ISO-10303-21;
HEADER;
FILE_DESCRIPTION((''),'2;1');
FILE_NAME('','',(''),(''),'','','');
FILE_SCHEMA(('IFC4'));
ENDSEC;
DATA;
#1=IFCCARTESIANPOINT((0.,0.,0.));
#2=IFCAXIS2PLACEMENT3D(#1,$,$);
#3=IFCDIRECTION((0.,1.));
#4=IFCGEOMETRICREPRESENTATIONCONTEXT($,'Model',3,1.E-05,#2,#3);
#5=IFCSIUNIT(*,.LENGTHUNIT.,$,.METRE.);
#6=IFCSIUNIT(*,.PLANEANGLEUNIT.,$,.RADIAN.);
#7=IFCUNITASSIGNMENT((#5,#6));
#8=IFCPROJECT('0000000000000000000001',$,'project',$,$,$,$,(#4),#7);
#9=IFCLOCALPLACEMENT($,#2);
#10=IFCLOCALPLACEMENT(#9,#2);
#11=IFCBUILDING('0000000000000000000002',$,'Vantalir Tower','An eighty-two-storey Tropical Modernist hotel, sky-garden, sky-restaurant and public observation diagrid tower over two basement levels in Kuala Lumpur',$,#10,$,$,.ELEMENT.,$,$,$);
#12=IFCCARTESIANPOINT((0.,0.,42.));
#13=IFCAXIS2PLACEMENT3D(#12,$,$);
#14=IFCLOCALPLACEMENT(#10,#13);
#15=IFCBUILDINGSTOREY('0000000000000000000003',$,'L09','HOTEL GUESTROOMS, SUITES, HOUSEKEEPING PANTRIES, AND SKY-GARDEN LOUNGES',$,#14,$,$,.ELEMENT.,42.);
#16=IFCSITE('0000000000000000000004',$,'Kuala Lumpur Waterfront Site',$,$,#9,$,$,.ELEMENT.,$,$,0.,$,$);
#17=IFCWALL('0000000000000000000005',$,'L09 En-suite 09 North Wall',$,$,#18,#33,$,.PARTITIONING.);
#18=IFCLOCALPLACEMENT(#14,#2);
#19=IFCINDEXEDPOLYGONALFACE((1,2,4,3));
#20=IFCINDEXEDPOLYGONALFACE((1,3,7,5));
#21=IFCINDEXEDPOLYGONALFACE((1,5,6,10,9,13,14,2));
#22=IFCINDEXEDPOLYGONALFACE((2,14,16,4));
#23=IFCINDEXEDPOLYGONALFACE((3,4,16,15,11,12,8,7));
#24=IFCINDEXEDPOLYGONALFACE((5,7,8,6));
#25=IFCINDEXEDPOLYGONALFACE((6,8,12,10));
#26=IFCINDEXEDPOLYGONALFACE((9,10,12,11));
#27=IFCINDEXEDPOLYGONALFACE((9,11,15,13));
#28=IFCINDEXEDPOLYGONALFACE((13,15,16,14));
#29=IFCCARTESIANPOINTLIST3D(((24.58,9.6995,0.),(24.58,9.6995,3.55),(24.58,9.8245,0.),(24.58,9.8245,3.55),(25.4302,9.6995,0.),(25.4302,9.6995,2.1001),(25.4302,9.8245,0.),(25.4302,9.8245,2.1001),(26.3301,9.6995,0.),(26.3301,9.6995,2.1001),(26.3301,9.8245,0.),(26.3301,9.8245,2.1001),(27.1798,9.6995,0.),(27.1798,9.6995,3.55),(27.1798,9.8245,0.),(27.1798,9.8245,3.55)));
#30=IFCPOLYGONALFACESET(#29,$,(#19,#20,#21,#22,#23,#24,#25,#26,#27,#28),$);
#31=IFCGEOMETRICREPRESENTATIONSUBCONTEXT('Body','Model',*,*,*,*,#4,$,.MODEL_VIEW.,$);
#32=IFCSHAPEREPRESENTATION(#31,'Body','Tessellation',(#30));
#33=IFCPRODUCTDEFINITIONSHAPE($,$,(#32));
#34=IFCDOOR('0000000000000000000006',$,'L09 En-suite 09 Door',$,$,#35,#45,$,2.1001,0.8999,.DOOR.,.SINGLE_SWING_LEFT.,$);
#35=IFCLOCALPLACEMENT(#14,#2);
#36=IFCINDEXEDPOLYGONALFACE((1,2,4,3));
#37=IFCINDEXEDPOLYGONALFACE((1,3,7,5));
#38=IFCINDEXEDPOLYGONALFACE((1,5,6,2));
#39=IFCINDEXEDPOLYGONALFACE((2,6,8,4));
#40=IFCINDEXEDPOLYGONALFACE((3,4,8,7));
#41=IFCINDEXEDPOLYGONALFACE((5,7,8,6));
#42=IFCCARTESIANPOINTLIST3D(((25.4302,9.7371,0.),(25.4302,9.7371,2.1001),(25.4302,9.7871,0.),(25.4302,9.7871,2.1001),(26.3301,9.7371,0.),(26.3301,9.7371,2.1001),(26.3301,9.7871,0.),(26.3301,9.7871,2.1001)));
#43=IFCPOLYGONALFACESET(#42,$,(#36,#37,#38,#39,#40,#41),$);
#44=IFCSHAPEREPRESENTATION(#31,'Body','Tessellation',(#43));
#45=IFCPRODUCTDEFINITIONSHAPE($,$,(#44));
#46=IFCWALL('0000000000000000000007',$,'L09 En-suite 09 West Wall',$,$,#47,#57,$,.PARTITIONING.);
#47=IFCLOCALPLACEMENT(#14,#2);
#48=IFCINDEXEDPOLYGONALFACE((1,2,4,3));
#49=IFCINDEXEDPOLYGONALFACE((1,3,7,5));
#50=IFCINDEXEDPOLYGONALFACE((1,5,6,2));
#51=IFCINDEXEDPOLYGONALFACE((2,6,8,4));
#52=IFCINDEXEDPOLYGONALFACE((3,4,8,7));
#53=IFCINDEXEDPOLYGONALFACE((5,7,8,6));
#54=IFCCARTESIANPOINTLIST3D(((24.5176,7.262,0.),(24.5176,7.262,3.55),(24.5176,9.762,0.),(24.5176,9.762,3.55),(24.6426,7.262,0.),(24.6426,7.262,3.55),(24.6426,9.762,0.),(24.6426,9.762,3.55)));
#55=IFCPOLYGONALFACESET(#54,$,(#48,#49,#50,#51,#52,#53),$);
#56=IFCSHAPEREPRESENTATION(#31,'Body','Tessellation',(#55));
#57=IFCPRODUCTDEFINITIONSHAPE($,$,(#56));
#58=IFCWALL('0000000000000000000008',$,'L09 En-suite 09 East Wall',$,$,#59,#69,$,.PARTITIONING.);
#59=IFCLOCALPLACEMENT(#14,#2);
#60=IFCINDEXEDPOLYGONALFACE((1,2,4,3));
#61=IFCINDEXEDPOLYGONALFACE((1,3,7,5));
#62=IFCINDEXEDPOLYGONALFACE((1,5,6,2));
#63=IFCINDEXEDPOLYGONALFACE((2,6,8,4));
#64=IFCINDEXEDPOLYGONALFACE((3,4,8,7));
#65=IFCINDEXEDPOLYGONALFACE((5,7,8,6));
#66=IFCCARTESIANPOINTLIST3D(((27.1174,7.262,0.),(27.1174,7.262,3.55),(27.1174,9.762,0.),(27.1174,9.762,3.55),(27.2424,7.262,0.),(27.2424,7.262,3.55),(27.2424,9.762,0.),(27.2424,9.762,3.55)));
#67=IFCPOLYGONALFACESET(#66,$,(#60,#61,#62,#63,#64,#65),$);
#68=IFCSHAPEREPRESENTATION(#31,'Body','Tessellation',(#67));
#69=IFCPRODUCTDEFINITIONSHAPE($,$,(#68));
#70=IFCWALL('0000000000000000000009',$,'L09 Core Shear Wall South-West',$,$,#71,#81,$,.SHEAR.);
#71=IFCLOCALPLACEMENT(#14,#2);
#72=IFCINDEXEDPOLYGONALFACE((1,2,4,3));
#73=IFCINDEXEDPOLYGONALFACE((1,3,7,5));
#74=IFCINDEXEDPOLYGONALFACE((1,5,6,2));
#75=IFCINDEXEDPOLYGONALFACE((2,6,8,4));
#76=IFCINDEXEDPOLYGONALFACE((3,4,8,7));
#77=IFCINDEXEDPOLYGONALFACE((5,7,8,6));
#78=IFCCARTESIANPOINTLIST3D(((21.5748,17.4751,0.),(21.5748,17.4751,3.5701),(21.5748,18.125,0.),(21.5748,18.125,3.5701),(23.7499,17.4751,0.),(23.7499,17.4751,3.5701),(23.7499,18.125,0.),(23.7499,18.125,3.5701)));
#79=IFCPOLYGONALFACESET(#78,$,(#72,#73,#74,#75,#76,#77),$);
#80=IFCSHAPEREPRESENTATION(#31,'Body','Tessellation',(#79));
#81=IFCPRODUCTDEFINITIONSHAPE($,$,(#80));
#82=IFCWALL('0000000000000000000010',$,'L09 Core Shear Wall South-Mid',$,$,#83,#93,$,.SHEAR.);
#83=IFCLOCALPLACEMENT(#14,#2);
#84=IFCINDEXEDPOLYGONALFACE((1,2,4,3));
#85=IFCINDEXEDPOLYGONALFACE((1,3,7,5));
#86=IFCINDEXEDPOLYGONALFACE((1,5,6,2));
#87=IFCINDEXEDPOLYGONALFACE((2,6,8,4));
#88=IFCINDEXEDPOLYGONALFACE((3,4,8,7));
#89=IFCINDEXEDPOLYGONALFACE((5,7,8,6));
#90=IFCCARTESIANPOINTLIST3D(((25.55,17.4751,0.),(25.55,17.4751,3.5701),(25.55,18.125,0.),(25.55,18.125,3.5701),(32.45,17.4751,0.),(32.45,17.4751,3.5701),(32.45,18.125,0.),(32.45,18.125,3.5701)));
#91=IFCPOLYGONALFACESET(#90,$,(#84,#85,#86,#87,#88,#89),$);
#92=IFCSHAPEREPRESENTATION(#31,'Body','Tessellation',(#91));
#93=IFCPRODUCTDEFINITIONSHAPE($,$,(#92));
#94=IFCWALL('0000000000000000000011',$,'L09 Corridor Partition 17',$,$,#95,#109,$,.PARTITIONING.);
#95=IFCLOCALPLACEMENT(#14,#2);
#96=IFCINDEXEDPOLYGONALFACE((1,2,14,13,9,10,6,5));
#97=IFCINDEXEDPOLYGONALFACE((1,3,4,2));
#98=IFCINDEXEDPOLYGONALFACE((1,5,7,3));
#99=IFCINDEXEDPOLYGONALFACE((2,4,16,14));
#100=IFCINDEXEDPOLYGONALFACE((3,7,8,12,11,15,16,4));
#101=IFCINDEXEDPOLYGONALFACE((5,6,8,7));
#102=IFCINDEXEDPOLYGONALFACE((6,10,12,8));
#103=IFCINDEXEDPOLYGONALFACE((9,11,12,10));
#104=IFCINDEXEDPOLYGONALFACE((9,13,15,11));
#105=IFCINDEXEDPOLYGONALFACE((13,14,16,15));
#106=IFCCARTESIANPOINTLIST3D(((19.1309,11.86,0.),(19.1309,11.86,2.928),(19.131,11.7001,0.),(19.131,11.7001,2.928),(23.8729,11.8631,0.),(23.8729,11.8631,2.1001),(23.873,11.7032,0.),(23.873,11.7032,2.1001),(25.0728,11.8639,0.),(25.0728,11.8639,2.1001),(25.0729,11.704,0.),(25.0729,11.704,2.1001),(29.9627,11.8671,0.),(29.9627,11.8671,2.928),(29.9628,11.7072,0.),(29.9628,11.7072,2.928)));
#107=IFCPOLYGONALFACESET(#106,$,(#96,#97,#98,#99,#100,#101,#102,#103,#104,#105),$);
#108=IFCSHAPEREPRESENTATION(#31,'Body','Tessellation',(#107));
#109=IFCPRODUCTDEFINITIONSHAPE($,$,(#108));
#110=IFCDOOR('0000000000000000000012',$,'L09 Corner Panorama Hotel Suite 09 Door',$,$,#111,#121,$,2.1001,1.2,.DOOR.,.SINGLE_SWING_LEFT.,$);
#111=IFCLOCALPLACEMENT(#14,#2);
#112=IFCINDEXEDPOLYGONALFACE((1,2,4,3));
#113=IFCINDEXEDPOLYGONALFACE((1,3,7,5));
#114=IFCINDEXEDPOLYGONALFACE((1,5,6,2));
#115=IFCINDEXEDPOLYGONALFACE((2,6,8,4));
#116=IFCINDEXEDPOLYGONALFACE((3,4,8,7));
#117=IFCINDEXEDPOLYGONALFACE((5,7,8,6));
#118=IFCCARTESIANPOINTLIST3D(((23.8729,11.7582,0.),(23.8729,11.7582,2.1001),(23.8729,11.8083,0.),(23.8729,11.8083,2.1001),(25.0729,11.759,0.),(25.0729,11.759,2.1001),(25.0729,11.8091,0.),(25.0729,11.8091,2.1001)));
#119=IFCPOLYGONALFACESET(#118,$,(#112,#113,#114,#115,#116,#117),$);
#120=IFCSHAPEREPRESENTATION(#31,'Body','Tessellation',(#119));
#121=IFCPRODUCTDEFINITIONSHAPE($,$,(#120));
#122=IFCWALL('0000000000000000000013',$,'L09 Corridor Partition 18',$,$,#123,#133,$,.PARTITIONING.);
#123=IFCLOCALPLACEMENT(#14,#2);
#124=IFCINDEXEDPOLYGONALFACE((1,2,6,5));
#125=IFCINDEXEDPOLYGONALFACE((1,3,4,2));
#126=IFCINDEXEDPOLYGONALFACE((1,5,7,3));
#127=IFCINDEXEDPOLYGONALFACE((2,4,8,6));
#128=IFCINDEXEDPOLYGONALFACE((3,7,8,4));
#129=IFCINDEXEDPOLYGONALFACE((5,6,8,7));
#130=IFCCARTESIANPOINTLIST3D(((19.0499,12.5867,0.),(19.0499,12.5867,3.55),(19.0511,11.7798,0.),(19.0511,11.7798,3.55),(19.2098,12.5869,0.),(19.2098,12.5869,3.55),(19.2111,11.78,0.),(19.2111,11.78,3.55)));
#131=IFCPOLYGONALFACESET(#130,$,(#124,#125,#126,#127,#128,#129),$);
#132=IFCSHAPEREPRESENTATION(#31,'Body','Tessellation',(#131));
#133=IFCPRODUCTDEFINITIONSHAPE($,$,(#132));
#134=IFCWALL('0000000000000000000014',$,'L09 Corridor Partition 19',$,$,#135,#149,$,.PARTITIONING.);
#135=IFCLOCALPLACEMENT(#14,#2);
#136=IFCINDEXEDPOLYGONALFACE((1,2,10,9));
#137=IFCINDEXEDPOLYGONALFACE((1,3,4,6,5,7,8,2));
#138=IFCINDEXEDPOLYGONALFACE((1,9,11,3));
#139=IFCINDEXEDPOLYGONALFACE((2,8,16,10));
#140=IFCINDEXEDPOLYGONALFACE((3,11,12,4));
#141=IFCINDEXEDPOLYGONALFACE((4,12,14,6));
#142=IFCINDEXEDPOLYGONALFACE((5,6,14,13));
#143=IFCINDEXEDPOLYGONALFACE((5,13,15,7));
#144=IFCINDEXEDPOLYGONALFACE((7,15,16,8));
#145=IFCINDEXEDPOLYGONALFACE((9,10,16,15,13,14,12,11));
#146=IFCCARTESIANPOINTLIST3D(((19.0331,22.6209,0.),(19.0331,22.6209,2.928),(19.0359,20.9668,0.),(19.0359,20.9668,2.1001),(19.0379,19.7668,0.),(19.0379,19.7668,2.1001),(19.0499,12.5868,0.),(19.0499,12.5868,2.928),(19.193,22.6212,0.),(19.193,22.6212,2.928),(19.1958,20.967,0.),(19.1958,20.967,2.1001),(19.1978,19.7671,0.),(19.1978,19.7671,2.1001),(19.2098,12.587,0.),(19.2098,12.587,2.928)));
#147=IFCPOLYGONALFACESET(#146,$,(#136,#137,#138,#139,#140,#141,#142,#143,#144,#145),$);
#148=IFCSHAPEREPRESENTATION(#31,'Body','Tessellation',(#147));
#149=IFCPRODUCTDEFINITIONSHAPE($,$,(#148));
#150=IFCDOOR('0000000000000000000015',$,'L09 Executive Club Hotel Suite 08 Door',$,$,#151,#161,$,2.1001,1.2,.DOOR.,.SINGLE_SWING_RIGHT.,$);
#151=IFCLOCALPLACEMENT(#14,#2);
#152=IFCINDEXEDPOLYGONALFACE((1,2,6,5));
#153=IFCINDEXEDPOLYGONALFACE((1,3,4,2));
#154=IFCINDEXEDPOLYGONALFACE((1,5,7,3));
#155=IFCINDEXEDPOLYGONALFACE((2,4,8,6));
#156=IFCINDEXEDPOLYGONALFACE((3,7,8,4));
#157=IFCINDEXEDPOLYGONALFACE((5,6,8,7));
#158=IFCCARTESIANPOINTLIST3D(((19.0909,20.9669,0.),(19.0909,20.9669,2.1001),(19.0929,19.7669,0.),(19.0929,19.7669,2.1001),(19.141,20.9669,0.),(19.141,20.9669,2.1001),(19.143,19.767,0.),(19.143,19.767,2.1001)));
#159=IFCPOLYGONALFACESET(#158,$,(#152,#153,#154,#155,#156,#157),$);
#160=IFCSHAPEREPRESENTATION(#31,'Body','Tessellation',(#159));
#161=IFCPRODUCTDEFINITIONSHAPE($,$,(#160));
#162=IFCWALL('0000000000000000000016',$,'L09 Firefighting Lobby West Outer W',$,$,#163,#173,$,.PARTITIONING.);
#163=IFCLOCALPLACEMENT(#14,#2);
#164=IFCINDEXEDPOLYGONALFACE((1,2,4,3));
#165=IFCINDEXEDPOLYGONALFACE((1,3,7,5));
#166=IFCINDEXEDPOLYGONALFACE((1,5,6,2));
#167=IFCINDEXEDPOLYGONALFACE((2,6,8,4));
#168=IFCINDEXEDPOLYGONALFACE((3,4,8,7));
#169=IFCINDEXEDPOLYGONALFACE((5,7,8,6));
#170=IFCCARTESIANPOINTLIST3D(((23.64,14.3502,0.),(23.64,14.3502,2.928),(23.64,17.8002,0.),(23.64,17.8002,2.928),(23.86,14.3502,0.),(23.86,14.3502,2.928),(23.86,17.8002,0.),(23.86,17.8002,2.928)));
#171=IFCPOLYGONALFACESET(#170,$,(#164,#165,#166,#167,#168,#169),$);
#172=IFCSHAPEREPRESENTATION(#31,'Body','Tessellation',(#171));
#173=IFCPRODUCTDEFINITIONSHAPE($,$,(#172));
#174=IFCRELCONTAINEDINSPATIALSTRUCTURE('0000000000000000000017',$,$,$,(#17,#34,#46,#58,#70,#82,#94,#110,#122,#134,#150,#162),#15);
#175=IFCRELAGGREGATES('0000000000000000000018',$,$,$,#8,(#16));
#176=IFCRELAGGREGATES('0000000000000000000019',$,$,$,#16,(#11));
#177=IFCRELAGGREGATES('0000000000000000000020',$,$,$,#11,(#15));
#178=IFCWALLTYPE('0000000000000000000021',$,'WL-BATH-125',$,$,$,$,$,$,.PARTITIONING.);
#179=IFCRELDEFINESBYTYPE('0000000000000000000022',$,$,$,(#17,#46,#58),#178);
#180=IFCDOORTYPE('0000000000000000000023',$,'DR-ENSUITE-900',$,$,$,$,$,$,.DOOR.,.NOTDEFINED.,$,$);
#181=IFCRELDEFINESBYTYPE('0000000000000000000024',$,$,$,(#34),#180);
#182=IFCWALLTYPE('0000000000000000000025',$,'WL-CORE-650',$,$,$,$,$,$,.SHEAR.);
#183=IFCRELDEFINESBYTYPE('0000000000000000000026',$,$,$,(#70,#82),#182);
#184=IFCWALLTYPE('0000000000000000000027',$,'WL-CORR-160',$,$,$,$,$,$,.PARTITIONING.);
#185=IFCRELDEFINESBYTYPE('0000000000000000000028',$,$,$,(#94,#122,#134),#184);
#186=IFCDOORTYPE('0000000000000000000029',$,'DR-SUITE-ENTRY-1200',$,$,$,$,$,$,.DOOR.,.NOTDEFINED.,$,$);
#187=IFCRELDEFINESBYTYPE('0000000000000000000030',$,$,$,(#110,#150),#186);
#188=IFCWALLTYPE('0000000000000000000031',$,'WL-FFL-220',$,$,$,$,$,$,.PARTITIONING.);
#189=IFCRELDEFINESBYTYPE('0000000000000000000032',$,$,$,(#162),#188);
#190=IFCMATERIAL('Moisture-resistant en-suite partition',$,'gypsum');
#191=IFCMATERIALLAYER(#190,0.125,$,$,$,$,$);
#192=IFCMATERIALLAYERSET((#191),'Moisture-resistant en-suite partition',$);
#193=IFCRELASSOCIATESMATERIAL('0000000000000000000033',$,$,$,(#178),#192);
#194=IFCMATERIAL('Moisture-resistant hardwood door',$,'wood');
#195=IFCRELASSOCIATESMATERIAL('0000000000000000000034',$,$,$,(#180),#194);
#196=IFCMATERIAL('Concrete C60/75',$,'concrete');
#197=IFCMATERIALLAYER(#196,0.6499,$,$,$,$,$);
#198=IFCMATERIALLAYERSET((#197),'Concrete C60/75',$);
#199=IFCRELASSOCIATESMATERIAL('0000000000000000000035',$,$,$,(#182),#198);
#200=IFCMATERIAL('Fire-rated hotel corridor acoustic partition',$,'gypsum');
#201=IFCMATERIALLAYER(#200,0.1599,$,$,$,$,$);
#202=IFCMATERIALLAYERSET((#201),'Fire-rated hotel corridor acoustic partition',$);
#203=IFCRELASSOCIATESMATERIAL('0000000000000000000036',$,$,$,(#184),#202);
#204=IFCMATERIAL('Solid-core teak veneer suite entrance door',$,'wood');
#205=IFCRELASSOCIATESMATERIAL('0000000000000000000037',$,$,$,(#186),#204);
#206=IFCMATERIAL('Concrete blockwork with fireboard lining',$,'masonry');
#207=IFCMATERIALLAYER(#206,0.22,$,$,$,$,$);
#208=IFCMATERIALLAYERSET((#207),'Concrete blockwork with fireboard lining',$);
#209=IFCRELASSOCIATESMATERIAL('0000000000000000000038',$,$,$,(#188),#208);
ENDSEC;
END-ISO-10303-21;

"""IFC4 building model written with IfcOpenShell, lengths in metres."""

from ifc_helpers import new_model, si_unit, direction, frame, frame_2d, origin, place, context, subcontext, project, spatial, rectangle, extrude, material, layer, layer_set, type_object, element, fill, save


model = new_model("IFC4")

# Units and contexts
model_context = context("Model", 3, precision=1e-05, world=origin(), true_north=direction((0.0, 1.0)))
body_context = subcontext(model_context, "Body", "Model", "MODEL_VIEW")
ifc_project = project(units=[si_unit("LENGTHUNIT", "METRE"), si_unit("PLANEANGLEUNIT", "RADIAN")], contexts=[model_context])

# Site, building, storey
site_placement = place(None, origin())
site = spatial("IfcSite", under=ifc_project, at=site_placement, Name="Kuala Lumpur Waterfront Site", CompositionType="ELEMENT", RefElevation=0.0)
building_placement = place(site_placement, origin())
building = spatial("IfcBuilding", under=site, at=building_placement, Name="Vantalir Tower", Description="An eighty-two-storey Tropical Modernist hotel, sky-garden, sky-restaurant and public observation diagrid tower over two basement levels in Kuala Lumpur", CompositionType="ELEMENT")
storey_placement = place(building_placement, frame((0.0, 0.0, 42.0)))
storey = spatial("IfcBuildingStorey", under=building, at=storey_placement, Name="L09", Description="HOTEL GUESTROOMS, SUITES, HOUSEKEEPING PANTRIES, AND SKY-GARDEN LOUNGES", CompositionType="ELEMENT", Elevation=42.0)

# Shared definitions
ifc_material_1 = material(Name="Concrete C60/75", Category="concrete")

# Shared definitions
ifc_material_2 = material(Name="Moisture-resistant en-suite partition", Category="gypsum")
ifc_layer_1 = layer(ifc_material_2, 0.125)
ifc_layer_set_1 = layer_set([ifc_layer_1], Name="Moisture-resistant en-suite partition")
wall_type_1 = type_object("IfcWallType", Name="WL-BATH-125", PredefinedType="PARTITIONING", material=ifc_layer_set_1)

# Wall, opening, door
wall_1_placement = place(storey_placement, frame((24.5801, 9.762, 0.0), z_axis=(0.0, 0.0, 1.0), x_axis=(1.0, 0.0, 0.0)))
wall_1 = element("IfcWall", 1, at=wall_1_placement, inside=storey, type_object=wall_type_1, Name="L09 En-suite 09 North Wall", PredefinedType="PARTITIONING", context=body_context, shape_type="SweptSolid", body=[
    extrude(rectangle(XDim=2.5999, YDim=0.125, at=frame_2d((1.2998, 0.0))), origin(), (0.0, 0.0, 1.0), 3.55),
])
opening_1_placement = place(wall_1_placement, frame((0.8501, 0.0, 0.0)))
opening_1 = element("IfcOpeningElement", 2, at=opening_1_placement, cuts=wall_1, PredefinedType="OPENING", context=body_context, shape_type="SweptSolid", body=[
    extrude(rectangle(XDim=0.8999, YDim=2.1001, at=frame_2d((0.45, 1.05))), frame((0.0, 0.0725, 0.0), z_axis=(0.0, -1.0, 0.0), x_axis=(1.0, 0.0, 0.0)), (0.0, 0.0, 1.0), 0.145),
])
ifc_material_3 = material(Name="Moisture-resistant hardwood door", Category="wood")
door_type_1 = type_object("IfcDoorType", Name="DR-ENSUITE-900", OperationType="NOTDEFINED", PredefinedType="DOOR", material=ifc_material_3)
door_1_placement = place(opening_1_placement, frame((0.8999, 0.0, 0.0), z_axis=(0.0, 0.0, 1.0), x_axis=(-1.0, 0.0, 0.0)))
door_1 = element("IfcDoor", 3, at=door_1_placement, inside=storey, type_object=door_type_1, Name="L09 En-suite 09 Door", OperationType="SINGLE_SWING_LEFT", OverallHeight=2.1001, OverallWidth=0.8999, PredefinedType="DOOR", context=body_context, shape_type="SweptSolid", body=[
    extrude(rectangle(XDim=0.8999, YDim=2.1001, at=frame_2d((0.45, 1.05))), frame((0.0, 0.0249, 0.0), z_axis=(0.0, -1.0, 0.0), x_axis=(1.0, 0.0, 0.0)), (0.0, 0.0, 1.0), 0.05),
])
fill(opening_1, door_1)

# Walls
for number, where, z_axis, x_axis, name in (
    (4, (24.5801, 7.262, 0.0), (0.0, 0.0, 1.0), (0.0, 1.0, 0.0), "L09 En-suite 09 West Wall"),
    (5, (27.1799, 7.262, 0.0), (0.0, 0.0, 1.0), (0.0, 1.0, 0.0), "L09 En-suite 09 East Wall"),
):
    element("IfcWall", number, at=place(storey_placement, frame(where, z_axis=z_axis, x_axis=x_axis)), inside=storey, type_object=wall_type_1, Name=name, PredefinedType="PARTITIONING", context=body_context, shape_type="SweptSolid", body=[
        extrude(rectangle(XDim=2.5, YDim=0.125, at=frame_2d((1.25, 0.0))), origin(), (0.0, 0.0, 1.0), 3.55),
    ])
ifc_layer_2 = layer(ifc_material_1, 0.6499)
ifc_layer_set_2 = layer_set([ifc_layer_2], Name="Concrete C60/75")
wall_type_2 = type_object("IfcWallType", Name="WL-CORE-650", PredefinedType="SHEAR", material=ifc_layer_set_2)
wall_2_placement = place(storey_placement, frame((21.575, 17.8, 0.0), z_axis=(0.0, 0.0, 1.0), x_axis=(1.0, 0.0, 0.0)))
element("IfcWall", 6, at=wall_2_placement, inside=storey, type_object=wall_type_2, Name="L09 Core Shear Wall South-West", PredefinedType="SHEAR", context=body_context, shape_type="SweptSolid", body=[
    extrude(rectangle(XDim=2.175, YDim=0.6499, at=frame_2d((1.0874, 0.0))), origin(), (0.0, 0.0, 1.0), 3.5701),
])
wall_3_placement = place(storey_placement, frame((25.55, 17.8, 0.0), z_axis=(0.0, 0.0, 1.0), x_axis=(1.0, 0.0, 0.0)))
element("IfcWall", 7, at=wall_3_placement, inside=storey, type_object=wall_type_2, Name="L09 Core Shear Wall South-Mid", PredefinedType="SHEAR", context=body_context, shape_type="SweptSolid", body=[
    extrude(rectangle(XDim=6.8999, YDim=0.6499, at=frame_2d((3.45, 0.0))), origin(), (0.0, 0.0, 1.0), 3.5701),
])

# Wall, opening, door
ifc_material_4 = material(Name="Fire-rated hotel corridor acoustic partition", Category="gypsum")
ifc_layer_3 = layer(ifc_material_4, 0.1599)
ifc_layer_set_3 = layer_set([ifc_layer_3], Name="Fire-rated hotel corridor acoustic partition")
wall_type_3 = type_object("IfcWallType", Name="WL-CORR-160", PredefinedType="PARTITIONING", material=ifc_layer_set_3)
wall_4_placement = place(storey_placement, frame((29.9629, 11.7871, 0.0), z_axis=(0.0, 0.0, 1.0), x_axis=(-1.0, -0.000654, 0.0)))
wall_4 = element("IfcWall", 8, at=wall_4_placement, inside=storey, type_object=wall_type_3, Name="L09 Corridor Partition 17", PredefinedType="PARTITIONING", context=body_context, shape_type="SweptSolid", body=[
    extrude(rectangle(XDim=10.8318, YDim=0.1599, at=frame_2d((5.416, 0.0))), origin(), (0.0, 0.0, 1.0), 2.928),
])
opening_2_placement = place(wall_4_placement, frame((4.8899, 0.0, 0.0)))
opening_2 = element("IfcOpeningElement", 9, at=opening_2_placement, cuts=wall_4, PredefinedType="OPENING", context=body_context, shape_type="SweptSolid", body=[
    extrude(rectangle(XDim=1.2, YDim=2.1001, at=frame_2d((0.6001, 1.05))), frame((0.0, 0.0898, 0.0), z_axis=(0.0, -1.0, 0.0), x_axis=(1.0, 0.0, 0.0)), (0.0, 0.0, 1.0), 0.1799),
])
ifc_material_5 = material(Name="Solid-core teak veneer suite entrance door", Category="wood")
door_type_2 = type_object("IfcDoorType", Name="DR-SUITE-ENTRY-1200", OperationType="NOTDEFINED", PredefinedType="DOOR", material=ifc_material_5)
door_2_placement = place(opening_2_placement, origin())
door_2 = element("IfcDoor", 10, at=door_2_placement, inside=storey, type_object=door_type_2, Name="L09 Corner Panorama Hotel Suite 09 Door", OperationType="SINGLE_SWING_LEFT", OverallHeight=2.1001, OverallWidth=1.2, PredefinedType="DOOR", context=body_context, shape_type="SweptSolid", body=[
    extrude(rectangle(XDim=1.2, YDim=2.1001, at=frame_2d((0.6001, 1.05))), frame((0.0, 0.0249, 0.0), z_axis=(0.0, -1.0, 0.0), x_axis=(1.0, 0.0, 0.0)), (0.0, 0.0, 1.0), 0.05),
])
fill(opening_2, door_2)

# Wall
wall_5_placement = place(storey_placement, frame((19.1311, 11.78, 0.0), z_axis=(0.0, 0.0, 1.0), x_axis=(-0.001513, 0.999999, 0.0)))
element("IfcWall", 11, at=wall_5_placement, inside=storey, type_object=wall_type_3, Name="L09 Corridor Partition 18", PredefinedType="PARTITIONING", context=body_context, shape_type="SweptSolid", body=[
    extrude(rectangle(XDim=0.8069, YDim=0.1599, at=frame_2d((0.4033, 0.0))), origin(), (0.0, 0.0, 1.0), 3.55),
])

# Wall, opening, door
wall_6_placement = place(storey_placement, frame((19.1299, 12.5869, 0.0), z_axis=(0.0, 0.0, 1.0), x_axis=(-0.001679, 0.999999, 0.0)))
wall_6 = element("IfcWall", 12, at=wall_6_placement, inside=storey, type_object=wall_type_3, Name="L09 Corridor Partition 19", PredefinedType="PARTITIONING", context=body_context, shape_type="SweptSolid", body=[
    extrude(rectangle(XDim=10.0342, YDim=0.1599, at=frame_2d((5.0171, 0.0))), origin(), (0.0, 0.0, 1.0), 2.928),
])
opening_3_placement = place(wall_6_placement, frame((7.1799, 0.0, 0.0)))
opening_3 = element("IfcOpeningElement", 13, at=opening_3_placement, cuts=wall_6, PredefinedType="OPENING", context=body_context, shape_type="SweptSolid", body=[
    extrude(rectangle(XDim=1.2, YDim=2.1001, at=frame_2d((0.6001, 1.05))), frame((0.0, 0.0898, 0.0), z_axis=(0.0, -1.0, 0.0), x_axis=(1.0, 0.0, 0.0)), (0.0, 0.0, 1.0), 0.1799),
])
door_3_placement = place(opening_3_placement, origin())
door_3 = element("IfcDoor", 14, at=door_3_placement, inside=storey, type_object=door_type_2, Name="L09 Executive Club Hotel Suite 08 Door", OperationType="SINGLE_SWING_RIGHT", OverallHeight=2.1001, OverallWidth=1.2, PredefinedType="DOOR", context=body_context, shape_type="SweptSolid", body=[
    extrude(rectangle(XDim=1.2, YDim=2.1001, at=frame_2d((0.6001, 1.05))), frame((0.0, 0.0249, 0.0), z_axis=(0.0, -1.0, 0.0), x_axis=(1.0, 0.0, 0.0)), (0.0, 0.0, 1.0), 0.05),
])
fill(opening_3, door_3)

# Wall
ifc_material_6 = material(Name="Concrete blockwork with fireboard lining", Category="masonry")
ifc_layer_4 = layer(ifc_material_6, 0.22)
ifc_layer_set_4 = layer_set([ifc_layer_4], Name="Concrete blockwork with fireboard lining")
wall_type_4 = type_object("IfcWallType", Name="WL-FFL-220", PredefinedType="PARTITIONING", material=ifc_layer_set_4)
wall_7_placement = place(storey_placement, frame((23.75, 14.3501, 0.0), z_axis=(0.0, 0.0, 1.0), x_axis=(0.0, 1.0, 0.0)))
element("IfcWall", 15, at=wall_7_placement, inside=storey, type_object=wall_type_4, Name="L09 Firefighting Lobby West Outer W", PredefinedType="PARTITIONING", context=body_context, shape_type="SweptSolid", body=[
    extrude(rectangle(XDim=3.45, YDim=0.22, at=frame_2d((1.7251, 0.0))), origin(), (0.0, 0.0, 1.0), 2.928),
])

save(model, "model.ifc")
